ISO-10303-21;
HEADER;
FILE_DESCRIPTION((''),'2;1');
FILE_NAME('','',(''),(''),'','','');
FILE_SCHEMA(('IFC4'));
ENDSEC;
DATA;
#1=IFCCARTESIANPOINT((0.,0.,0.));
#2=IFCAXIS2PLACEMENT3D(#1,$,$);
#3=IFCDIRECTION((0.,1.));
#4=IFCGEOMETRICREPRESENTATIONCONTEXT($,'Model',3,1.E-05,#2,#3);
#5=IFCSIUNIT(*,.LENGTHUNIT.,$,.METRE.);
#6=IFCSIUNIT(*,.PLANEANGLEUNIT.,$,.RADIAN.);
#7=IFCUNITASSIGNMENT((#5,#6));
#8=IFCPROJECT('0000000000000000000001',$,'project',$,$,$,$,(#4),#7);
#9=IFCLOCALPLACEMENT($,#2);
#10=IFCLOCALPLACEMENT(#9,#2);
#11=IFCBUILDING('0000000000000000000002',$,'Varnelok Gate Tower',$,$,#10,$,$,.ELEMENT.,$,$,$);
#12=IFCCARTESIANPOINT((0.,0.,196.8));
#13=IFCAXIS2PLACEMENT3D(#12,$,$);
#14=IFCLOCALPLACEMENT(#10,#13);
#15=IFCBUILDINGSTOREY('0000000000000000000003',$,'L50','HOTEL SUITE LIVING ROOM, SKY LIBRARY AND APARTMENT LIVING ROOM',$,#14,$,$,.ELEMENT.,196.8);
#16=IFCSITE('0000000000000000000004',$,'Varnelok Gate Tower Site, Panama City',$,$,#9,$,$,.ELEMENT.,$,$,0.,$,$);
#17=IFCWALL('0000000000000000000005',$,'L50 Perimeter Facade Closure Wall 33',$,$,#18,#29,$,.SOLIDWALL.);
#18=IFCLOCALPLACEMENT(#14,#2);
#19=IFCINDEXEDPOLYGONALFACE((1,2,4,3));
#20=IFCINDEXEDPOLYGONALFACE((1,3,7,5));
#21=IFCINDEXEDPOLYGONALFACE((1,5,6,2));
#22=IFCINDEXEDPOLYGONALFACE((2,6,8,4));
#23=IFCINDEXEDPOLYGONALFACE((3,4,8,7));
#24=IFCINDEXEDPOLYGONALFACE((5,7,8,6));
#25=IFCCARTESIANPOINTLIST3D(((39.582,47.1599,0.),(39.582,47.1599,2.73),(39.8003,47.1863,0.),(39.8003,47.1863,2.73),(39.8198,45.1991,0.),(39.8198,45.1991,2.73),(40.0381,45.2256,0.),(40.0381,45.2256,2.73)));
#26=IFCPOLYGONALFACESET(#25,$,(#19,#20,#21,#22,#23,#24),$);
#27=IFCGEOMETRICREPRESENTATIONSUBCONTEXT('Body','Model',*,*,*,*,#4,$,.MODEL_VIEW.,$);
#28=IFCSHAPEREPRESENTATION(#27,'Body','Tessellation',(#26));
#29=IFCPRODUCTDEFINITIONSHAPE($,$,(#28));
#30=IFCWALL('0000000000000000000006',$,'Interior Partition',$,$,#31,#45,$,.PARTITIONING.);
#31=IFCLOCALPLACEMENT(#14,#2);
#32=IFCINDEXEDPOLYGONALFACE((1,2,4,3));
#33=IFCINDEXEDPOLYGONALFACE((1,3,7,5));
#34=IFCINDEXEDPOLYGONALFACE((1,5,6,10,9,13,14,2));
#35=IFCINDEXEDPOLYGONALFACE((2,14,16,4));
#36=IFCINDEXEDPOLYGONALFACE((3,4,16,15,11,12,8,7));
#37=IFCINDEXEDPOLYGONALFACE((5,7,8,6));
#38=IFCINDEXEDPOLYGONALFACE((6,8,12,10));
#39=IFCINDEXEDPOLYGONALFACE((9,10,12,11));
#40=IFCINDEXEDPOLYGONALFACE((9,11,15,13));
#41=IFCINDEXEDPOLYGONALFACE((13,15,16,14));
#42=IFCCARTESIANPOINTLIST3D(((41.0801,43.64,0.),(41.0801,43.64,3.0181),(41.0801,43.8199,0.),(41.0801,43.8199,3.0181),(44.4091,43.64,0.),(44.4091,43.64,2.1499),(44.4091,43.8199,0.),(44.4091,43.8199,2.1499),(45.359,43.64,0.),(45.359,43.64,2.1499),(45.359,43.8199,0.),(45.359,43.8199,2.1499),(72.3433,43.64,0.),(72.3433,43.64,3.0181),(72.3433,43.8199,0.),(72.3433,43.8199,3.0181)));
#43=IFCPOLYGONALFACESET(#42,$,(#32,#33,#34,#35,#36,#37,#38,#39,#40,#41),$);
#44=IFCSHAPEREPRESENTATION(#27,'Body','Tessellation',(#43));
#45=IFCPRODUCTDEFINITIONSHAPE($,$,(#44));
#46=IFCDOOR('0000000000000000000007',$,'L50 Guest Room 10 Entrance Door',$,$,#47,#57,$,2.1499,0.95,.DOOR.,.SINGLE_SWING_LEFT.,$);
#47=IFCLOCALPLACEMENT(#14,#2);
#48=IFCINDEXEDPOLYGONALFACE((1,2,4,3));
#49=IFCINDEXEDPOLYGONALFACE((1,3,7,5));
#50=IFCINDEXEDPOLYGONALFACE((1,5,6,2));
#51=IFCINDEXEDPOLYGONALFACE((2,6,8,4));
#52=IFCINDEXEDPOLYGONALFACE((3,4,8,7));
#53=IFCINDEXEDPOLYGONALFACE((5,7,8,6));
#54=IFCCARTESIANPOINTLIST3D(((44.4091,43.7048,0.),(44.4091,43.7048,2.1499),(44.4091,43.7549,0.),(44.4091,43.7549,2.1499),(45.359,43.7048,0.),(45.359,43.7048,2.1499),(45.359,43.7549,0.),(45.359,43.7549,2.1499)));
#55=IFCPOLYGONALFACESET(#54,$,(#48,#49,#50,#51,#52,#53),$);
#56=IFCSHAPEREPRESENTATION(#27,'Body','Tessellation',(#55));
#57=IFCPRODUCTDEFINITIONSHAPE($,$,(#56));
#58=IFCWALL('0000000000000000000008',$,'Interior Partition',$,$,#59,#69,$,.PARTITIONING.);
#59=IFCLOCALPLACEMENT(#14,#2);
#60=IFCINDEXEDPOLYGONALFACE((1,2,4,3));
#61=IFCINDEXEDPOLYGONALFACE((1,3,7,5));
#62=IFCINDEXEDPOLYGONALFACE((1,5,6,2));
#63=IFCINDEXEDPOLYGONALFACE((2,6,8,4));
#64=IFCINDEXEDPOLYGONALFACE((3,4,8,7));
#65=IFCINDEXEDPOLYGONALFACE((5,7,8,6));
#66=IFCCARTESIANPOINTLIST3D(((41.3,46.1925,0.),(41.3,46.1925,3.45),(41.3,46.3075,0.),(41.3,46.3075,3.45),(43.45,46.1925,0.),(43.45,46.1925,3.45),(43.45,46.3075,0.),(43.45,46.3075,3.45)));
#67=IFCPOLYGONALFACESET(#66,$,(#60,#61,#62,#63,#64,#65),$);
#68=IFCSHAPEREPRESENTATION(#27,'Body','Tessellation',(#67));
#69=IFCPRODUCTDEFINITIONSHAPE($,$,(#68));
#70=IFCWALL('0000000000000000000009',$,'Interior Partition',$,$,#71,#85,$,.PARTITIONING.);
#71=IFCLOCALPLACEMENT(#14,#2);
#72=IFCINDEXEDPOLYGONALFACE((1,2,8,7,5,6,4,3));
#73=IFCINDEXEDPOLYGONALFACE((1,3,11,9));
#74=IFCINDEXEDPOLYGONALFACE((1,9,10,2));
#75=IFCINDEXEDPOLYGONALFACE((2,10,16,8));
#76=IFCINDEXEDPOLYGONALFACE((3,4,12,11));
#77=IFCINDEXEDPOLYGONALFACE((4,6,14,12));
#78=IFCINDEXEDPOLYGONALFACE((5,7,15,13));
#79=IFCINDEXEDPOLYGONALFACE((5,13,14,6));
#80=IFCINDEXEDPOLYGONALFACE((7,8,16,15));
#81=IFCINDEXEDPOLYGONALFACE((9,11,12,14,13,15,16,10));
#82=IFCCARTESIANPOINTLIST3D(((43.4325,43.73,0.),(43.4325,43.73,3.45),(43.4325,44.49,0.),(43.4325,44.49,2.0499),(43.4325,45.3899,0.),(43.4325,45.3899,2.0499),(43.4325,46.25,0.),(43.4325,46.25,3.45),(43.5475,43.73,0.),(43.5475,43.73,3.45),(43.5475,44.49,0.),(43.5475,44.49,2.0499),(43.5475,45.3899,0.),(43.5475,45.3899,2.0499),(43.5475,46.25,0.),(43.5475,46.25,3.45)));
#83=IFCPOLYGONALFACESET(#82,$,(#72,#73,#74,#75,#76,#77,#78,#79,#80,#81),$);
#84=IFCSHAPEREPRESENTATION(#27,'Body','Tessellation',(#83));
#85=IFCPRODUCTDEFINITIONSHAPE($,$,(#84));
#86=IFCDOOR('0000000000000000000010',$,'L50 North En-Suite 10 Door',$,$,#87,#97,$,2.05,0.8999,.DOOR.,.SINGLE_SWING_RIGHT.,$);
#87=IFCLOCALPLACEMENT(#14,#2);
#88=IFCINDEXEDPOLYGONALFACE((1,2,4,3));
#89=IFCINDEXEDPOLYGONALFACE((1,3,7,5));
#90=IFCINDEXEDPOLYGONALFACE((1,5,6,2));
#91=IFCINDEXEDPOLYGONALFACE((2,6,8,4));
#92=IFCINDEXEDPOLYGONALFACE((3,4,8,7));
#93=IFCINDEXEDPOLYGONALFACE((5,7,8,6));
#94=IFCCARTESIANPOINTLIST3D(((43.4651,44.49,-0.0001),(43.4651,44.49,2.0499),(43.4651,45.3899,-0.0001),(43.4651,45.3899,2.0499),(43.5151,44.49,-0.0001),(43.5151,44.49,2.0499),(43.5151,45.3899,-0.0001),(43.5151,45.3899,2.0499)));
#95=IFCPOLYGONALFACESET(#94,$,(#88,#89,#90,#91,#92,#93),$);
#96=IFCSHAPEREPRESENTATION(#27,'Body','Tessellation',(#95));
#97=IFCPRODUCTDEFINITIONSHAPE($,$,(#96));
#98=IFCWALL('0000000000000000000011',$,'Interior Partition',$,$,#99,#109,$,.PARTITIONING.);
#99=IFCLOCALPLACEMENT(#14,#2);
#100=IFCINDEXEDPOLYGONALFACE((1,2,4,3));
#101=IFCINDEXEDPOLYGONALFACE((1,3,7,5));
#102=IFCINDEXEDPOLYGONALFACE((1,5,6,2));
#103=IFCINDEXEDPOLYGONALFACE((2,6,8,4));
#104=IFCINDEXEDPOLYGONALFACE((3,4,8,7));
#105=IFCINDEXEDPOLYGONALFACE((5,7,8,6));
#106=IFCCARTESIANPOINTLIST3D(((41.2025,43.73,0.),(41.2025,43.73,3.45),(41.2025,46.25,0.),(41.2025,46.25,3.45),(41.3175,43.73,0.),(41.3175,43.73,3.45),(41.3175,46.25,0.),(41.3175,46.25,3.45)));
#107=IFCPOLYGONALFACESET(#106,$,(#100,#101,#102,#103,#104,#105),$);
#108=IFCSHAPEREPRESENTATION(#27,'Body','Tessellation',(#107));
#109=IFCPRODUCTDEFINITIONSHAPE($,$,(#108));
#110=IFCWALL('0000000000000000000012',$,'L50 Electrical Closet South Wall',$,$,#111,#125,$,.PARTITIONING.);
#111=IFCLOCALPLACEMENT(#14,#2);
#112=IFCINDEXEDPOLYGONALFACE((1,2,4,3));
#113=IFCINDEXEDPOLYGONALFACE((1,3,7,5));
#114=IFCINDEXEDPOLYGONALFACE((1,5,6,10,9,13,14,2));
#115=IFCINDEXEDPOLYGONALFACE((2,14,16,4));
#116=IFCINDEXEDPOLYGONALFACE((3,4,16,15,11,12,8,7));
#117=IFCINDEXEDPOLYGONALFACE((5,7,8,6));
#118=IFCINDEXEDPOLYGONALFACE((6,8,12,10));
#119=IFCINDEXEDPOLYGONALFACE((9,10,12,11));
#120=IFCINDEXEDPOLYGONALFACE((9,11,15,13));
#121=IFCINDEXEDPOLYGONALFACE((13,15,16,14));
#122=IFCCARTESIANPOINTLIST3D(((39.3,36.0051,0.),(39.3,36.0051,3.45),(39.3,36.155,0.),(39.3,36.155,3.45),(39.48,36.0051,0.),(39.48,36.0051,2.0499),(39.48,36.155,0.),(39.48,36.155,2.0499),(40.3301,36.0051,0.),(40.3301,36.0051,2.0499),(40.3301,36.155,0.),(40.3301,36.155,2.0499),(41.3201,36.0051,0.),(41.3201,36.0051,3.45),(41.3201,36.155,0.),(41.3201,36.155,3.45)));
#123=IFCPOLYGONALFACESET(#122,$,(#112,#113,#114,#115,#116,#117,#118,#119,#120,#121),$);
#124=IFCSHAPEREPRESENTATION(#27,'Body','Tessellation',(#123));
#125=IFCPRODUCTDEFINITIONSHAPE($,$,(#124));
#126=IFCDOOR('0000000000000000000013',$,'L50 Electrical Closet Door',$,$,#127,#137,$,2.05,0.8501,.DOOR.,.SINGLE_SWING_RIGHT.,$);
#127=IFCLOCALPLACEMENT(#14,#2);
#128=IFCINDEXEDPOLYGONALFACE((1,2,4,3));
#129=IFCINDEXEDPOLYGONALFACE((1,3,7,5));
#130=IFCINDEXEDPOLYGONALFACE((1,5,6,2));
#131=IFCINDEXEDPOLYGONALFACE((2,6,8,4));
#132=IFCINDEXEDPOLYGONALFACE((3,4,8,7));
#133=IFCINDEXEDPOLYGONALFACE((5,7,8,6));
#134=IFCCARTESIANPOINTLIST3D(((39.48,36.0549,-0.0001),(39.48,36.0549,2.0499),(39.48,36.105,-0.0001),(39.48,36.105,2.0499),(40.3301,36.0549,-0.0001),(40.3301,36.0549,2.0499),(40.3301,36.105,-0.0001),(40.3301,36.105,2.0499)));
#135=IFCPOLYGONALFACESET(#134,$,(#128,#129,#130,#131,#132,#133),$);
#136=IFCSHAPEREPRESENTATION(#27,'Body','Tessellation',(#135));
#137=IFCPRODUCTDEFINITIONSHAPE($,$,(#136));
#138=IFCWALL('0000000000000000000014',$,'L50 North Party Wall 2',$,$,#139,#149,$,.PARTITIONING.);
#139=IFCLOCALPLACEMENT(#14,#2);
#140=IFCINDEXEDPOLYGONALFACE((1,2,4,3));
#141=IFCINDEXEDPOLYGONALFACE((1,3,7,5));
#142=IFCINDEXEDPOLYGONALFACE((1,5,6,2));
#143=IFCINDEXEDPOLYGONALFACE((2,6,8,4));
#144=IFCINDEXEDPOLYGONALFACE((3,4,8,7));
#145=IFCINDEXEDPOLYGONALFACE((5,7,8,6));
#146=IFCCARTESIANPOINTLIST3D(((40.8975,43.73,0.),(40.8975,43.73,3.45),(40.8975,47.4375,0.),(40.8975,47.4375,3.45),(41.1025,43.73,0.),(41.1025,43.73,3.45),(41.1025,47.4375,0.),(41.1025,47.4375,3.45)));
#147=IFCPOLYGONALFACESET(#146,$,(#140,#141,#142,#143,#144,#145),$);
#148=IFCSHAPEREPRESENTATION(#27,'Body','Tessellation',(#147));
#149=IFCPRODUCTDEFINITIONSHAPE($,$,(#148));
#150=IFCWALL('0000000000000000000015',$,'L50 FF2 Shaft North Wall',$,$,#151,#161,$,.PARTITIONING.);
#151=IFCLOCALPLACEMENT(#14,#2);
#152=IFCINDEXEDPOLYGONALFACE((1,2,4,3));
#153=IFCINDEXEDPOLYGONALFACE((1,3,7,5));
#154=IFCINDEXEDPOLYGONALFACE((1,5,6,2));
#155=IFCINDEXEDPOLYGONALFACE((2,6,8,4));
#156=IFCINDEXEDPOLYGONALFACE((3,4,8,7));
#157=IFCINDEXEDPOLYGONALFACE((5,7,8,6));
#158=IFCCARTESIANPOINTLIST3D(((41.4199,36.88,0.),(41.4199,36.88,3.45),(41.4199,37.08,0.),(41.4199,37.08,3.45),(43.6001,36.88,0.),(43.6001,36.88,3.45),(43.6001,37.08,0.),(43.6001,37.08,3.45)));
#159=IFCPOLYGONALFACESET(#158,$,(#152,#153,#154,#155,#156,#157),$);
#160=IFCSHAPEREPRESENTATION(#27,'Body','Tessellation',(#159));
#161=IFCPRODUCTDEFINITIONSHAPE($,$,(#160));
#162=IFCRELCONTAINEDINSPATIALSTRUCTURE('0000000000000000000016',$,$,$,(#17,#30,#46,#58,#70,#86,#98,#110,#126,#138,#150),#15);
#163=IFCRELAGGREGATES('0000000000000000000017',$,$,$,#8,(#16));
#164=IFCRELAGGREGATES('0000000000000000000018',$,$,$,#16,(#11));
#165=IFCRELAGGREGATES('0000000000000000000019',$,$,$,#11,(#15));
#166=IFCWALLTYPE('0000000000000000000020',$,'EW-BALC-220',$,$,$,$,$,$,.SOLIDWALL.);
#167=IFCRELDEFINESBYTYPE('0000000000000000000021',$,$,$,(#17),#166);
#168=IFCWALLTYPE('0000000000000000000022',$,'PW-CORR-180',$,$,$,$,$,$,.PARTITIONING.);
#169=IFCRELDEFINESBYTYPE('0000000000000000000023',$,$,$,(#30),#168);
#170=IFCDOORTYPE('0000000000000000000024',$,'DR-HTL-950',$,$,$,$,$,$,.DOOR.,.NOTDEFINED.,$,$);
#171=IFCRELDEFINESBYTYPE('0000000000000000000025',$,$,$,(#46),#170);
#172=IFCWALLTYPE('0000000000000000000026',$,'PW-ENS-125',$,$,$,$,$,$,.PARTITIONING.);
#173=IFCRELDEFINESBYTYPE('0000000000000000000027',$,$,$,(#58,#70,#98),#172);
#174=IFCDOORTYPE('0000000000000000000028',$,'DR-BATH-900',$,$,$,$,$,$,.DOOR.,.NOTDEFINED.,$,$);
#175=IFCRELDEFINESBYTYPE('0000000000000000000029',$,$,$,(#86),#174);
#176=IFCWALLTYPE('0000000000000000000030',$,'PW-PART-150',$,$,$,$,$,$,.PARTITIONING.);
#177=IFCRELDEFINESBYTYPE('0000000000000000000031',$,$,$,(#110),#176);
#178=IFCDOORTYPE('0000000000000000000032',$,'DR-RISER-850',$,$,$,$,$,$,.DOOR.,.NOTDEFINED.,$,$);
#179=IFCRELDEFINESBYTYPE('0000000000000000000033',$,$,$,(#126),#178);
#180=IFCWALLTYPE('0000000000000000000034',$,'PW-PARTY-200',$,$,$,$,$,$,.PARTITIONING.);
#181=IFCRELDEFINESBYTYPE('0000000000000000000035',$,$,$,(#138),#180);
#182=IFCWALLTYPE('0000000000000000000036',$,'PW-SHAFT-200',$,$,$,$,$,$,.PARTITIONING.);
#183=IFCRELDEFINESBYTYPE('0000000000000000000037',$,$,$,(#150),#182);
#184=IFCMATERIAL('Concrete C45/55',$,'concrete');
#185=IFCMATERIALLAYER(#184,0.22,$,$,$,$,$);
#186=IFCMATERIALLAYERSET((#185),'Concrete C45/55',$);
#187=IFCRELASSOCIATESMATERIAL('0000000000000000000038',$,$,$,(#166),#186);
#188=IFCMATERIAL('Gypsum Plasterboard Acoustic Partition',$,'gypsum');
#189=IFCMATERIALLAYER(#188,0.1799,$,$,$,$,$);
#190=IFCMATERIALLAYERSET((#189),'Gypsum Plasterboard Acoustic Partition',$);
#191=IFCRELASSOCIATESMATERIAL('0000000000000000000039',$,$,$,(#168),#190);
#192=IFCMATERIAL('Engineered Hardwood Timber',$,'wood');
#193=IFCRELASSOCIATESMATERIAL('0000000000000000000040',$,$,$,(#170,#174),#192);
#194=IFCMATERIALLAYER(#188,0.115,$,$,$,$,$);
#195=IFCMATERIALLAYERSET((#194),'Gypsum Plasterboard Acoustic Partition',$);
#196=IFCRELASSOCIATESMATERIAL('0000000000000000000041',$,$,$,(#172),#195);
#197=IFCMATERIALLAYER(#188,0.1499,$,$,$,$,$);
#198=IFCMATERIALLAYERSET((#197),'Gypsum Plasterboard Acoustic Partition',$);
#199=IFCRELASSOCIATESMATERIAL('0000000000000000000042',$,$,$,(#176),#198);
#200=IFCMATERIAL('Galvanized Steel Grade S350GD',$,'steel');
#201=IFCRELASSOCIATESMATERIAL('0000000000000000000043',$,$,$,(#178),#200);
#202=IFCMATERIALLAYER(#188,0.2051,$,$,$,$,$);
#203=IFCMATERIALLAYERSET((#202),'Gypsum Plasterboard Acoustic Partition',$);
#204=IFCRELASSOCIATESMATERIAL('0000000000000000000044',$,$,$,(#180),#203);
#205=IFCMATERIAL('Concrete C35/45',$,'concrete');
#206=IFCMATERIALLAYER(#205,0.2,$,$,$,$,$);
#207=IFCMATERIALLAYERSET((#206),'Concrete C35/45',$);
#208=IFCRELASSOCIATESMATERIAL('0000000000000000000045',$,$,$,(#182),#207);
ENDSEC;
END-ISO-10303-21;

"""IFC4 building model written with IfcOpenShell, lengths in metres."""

from ifc_helpers import new_model, si_unit, direction, frame, frame_2d, origin, place, context, subcontext, project, spatial, rectangle, extrude, material, layer, layer_set, type_object, element, fill, save


model = new_model("IFC4")

# Units and contexts
model_context = context("Model", 3, precision=1e-05, world=origin(), true_north=direction((0.0, 1.0)))
body_context = subcontext(model_context, "Body", "Model", "MODEL_VIEW")
ifc_project = project(units=[si_unit("LENGTHUNIT", "METRE"), si_unit("PLANEANGLEUNIT", "RADIAN")], contexts=[model_context])

# Site, building, storey
site_placement = place(None, origin())
site = spatial("IfcSite", under=ifc_project, at=site_placement, Name="Varnelok Gate Tower Site, Panama City", CompositionType="ELEMENT", RefElevation=0.0)
building_placement = place(site_placement, origin())
building = spatial("IfcBuilding", under=site, at=building_placement, Name="Varnelok Gate Tower", CompositionType="ELEMENT")
storey_placement = place(building_placement, frame((0.0, 0.0, 196.8)))
storey = spatial("IfcBuildingStorey", under=building, at=storey_placement, Name="L50", Description="HOTEL SUITE LIVING ROOM, SKY LIBRARY AND APARTMENT LIVING ROOM", CompositionType="ELEMENT", Elevation=196.8)

# Shared definitions
ifc_material_1 = material(Name="Concrete C45/55", Category="concrete")
ifc_layer_1 = layer(ifc_material_1, 0.22)
ifc_layer_set_1 = layer_set([ifc_layer_1], Name="Concrete C45/55")
wall_type_1 = type_object("IfcWallType", Name="EW-BALC-220", PredefinedType="SOLIDWALL", material=ifc_layer_set_1)

# Wall
wall_1_placement = place(storey_placement, frame((39.6912, 47.1731, 0.0), z_axis=(0.0, 0.0, 1.0), x_axis=(0.120398, -0.992726, 0.0)))
element("IfcWall", 1, at=wall_1_placement, inside=storey, type_object=wall_type_1, Name="L50 Perimeter Facade Closure Wall 33", PredefinedType="SOLIDWALL", context=body_context, shape_type="SweptSolid", body=[
    extrude(rectangle(XDim=1.9751, YDim=0.22, at=frame_2d((0.9875, 0.0))), origin(), (0.0, 0.0, 1.0), 2.73),
])

# Wall, opening, door
ifc_material_2 = material(Name="Gypsum Plasterboard Acoustic Partition", Category="gypsum")
ifc_layer_2 = layer(ifc_material_2, 0.1799)
ifc_layer_set_2 = layer_set([ifc_layer_2], Name="Gypsum Plasterboard Acoustic Partition")
wall_type_2 = type_object("IfcWallType", Name="PW-CORR-180", PredefinedType="PARTITIONING", material=ifc_layer_set_2)
wall_2_placement = place(storey_placement, frame((41.0801, 43.73, 0.0), z_axis=(0.0, 0.0, 1.0), x_axis=(1.0, 0.0, 0.0)))
wall_2 = element("IfcWall", 2, at=wall_2_placement, inside=storey, type_object=wall_type_2, Name="Interior Partition", PredefinedType="PARTITIONING", context=body_context, shape_type="SweptSolid", body=[
    extrude(rectangle(XDim=31.2632, YDim=0.1799, at=frame_2d((15.6316, 0.0))), origin(), (0.0, 0.0, 1.0), 3.0181),
])
opening_1_placement = place(wall_2_placement, frame((3.3289, 0.0, 0.0)))
opening_1 = element("IfcOpeningElement", 3, at=opening_1_placement, cuts=wall_2, PredefinedType="OPENING", context=body_context, shape_type="SweptSolid", body=[
    extrude(rectangle(XDim=0.95, YDim=2.1499, at=frame_2d((0.4751, 1.075))), frame((0.0, 0.0999, 0.0), z_axis=(0.0, -1.0, 0.0), x_axis=(1.0, 0.0, 0.0)), (0.0, 0.0, 1.0), 0.2),
])
ifc_material_3 = material(Name="Engineered Hardwood Timber", Category="wood")
door_type_1 = type_object("IfcDoorType", Name="DR-HTL-950", OperationType="NOTDEFINED", PredefinedType="DOOR", material=ifc_material_3)
door_1_placement = place(opening_1_placement, origin())
door_1 = element("IfcDoor", 4, at=door_1_placement, inside=storey, type_object=door_type_1, Name="L50 Guest Room 10 Entrance Door", OperationType="SINGLE_SWING_LEFT", OverallHeight=2.1499, OverallWidth=0.95, PredefinedType="DOOR", context=body_context, shape_type="SweptSolid", body=[
    extrude(rectangle(XDim=0.95, YDim=2.1499, at=frame_2d((0.4751, 1.075))), frame((0.0, 0.0249, 0.0), z_axis=(0.0, -1.0, 0.0), x_axis=(1.0, 0.0, 0.0)), (0.0, 0.0, 1.0), 0.05),
])
fill(opening_1, door_1)

# Wall
ifc_layer_3 = layer(ifc_material_2, 0.115)
ifc_layer_set_3 = layer_set([ifc_layer_3], Name="Gypsum Plasterboard Acoustic Partition")
wall_type_3 = type_object("IfcWallType", Name="PW-ENS-125", PredefinedType="PARTITIONING", material=ifc_layer_set_3)
wall_3_placement = place(storey_placement, frame((41.3, 46.25, 0.0), z_axis=(0.0, 0.0, 1.0), x_axis=(1.0, 0.0, 0.0)))
element("IfcWall", 5, at=wall_3_placement, inside=storey, type_object=wall_type_3, Name="Interior Partition", PredefinedType="PARTITIONING", context=body_context, shape_type="SweptSolid", body=[
    extrude(rectangle(XDim=2.1499, YDim=0.115, at=frame_2d((1.075, 0.0))), origin(), (0.0, 0.0, 1.0), 3.45),
])

# Wall, opening, door
wall_4_placement = place(storey_placement, frame((43.49, 43.73, 0.0), z_axis=(0.0, 0.0, 1.0), x_axis=(0.0, 1.0, 0.0)))
wall_4 = element("IfcWall", 6, at=wall_4_placement, inside=storey, type_object=wall_type_3, Name="Interior Partition", PredefinedType="PARTITIONING", context=body_context, shape_type="SweptSolid", body=[
    extrude(rectangle(XDim=2.52, YDim=0.115, at=frame_2d((1.26, 0.0))), origin(), (0.0, 0.0, 1.0), 3.45),
])
opening_2_placement = place(wall_4_placement, frame((0.76, 0.0, 0.0)))
opening_2 = element("IfcOpeningElement", 7, at=opening_2_placement, cuts=wall_4, PredefinedType="OPENING", context=body_context, shape_type="SweptSolid", body=[
    extrude(rectangle(XDim=0.8999, YDim=2.05, at=frame_2d((0.45, 1.0249))), frame((0.0, 0.0674, 0.0), z_axis=(0.0, -1.0, 0.0), x_axis=(1.0, 0.0, 0.0)), (0.0, 0.0, 1.0), 0.135),
])
door_type_2 = type_object("IfcDoorType", Name="DR-BATH-900", OperationType="NOTDEFINED", PredefinedType="DOOR", material=ifc_material_3)
door_2_placement = place(opening_2_placement, origin())
door_2 = element("IfcDoor", 8, at=door_2_placement, inside=storey, type_object=door_type_2, Name="L50 North En-Suite 10 Door", OperationType="SINGLE_SWING_RIGHT", OverallHeight=2.05, OverallWidth=0.8999, PredefinedType="DOOR", context=body_context, shape_type="SweptSolid", body=[
    extrude(rectangle(XDim=0.8999, YDim=2.05, at=frame_2d((0.45, 1.0249))), frame((0.0, 0.0249, 0.0), z_axis=(0.0, -1.0, 0.0), x_axis=(1.0, 0.0, 0.0)), (0.0, 0.0, 1.0), 0.05),
])
fill(opening_2, door_2)

# Wall
wall_5_placement = place(storey_placement, frame((41.26, 43.73, 0.0), z_axis=(0.0, 0.0, 1.0), x_axis=(0.0, 1.0, 0.0)))
element("IfcWall", 9, at=wall_5_placement, inside=storey, type_object=wall_type_3, Name="Interior Partition", PredefinedType="PARTITIONING", context=body_context, shape_type="SweptSolid", body=[
    extrude(rectangle(XDim=2.52, YDim=0.115, at=frame_2d((1.26, 0.0))), origin(), (0.0, 0.0, 1.0), 3.45),
])

# Wall, opening, door
ifc_layer_4 = layer(ifc_material_2, 0.1499)
ifc_layer_set_4 = layer_set([ifc_layer_4], Name="Gypsum Plasterboard Acoustic Partition")
wall_type_4 = type_object("IfcWallType", Name="PW-PART-150", PredefinedType="PARTITIONING", material=ifc_layer_set_4)
wall_6_placement = place(storey_placement, frame((39.3, 36.0801, 0.0), z_axis=(0.0, 0.0, 1.0), x_axis=(1.0, 0.0, 0.0)))
wall_6 = element("IfcWall", 10, at=wall_6_placement, inside=storey, type_object=wall_type_4, Name="L50 Electrical Closet South Wall", PredefinedType="PARTITIONING", context=body_context, shape_type="SweptSolid", body=[
    extrude(rectangle(XDim=2.02, YDim=0.1499, at=frame_2d((1.01, 0.0))), origin(), (0.0, 0.0, 1.0), 3.45),
])
opening_3_placement = place(wall_6_placement, frame((0.1799, 0.0, 0.0)))
opening_3 = element("IfcOpeningElement", 11, at=opening_3_placement, cuts=wall_6, PredefinedType="OPENING", context=body_context, shape_type="SweptSolid", body=[
    extrude(rectangle(XDim=0.8501, YDim=2.05, at=frame_2d((0.425, 1.0249))), frame((0.0, 0.085, 0.0), z_axis=(0.0, -1.0, 0.0), x_axis=(1.0, 0.0, 0.0)), (0.0, 0.0, 1.0), 0.1699),
])
ifc_material_4 = material(Name="Galvanized Steel Grade S350GD", Category="steel")
door_type_3 = type_object("IfcDoorType", Name="DR-RISER-850", OperationType="NOTDEFINED", PredefinedType="DOOR", material=ifc_material_4)
door_3_placement = place(opening_3_placement, origin())
door_3 = element("IfcDoor", 12, at=door_3_placement, inside=storey, type_object=door_type_3, Name="L50 Electrical Closet Door", OperationType="SINGLE_SWING_RIGHT", OverallHeight=2.05, OverallWidth=0.8501, PredefinedType="DOOR", context=body_context, shape_type="SweptSolid", body=[
    extrude(rectangle(XDim=0.8501, YDim=2.05, at=frame_2d((0.425, 1.0249))), frame((0.0, 0.0249, 0.0), z_axis=(0.0, -1.0, 0.0), x_axis=(1.0, 0.0, 0.0)), (0.0, 0.0, 1.0), 0.05),
])
fill(opening_3, door_3)

# Walls
ifc_layer_5 = layer(ifc_material_2, 0.2051)
ifc_layer_set_5 = layer_set([ifc_layer_5], Name="Gypsum Plasterboard Acoustic Partition")
wall_type_5 = type_object("IfcWallType", Name="PW-PARTY-200", PredefinedType="PARTITIONING", material=ifc_layer_set_5)
wall_7_placement = place(storey_placement, frame((41.0, 43.73, 0.0), z_axis=(0.0, 0.0, 1.0), x_axis=(0.0, 1.0, 0.0)))
element("IfcWall", 13, at=wall_7_placement, inside=storey, type_object=wall_type_5, Name="L50 North Party Wall 2", PredefinedType="PARTITIONING", context=body_context, shape_type="SweptSolid", body=[
    extrude(rectangle(XDim=3.7075, YDim=0.2051, at=frame_2d((1.8538, 0.0))), origin(), (0.0, 0.0, 1.0), 3.45),
])
ifc_material_5 = material(Name="Concrete C35/45", Category="concrete")
ifc_layer_6 = layer(ifc_material_5, 0.2)
ifc_layer_set_6 = layer_set([ifc_layer_6], Name="Concrete C35/45")
wall_type_6 = type_object("IfcWallType", Name="PW-SHAFT-200", PredefinedType="PARTITIONING", material=ifc_layer_set_6)
wall_8_placement = place(storey_placement, frame((41.4199, 36.98, 0.0), z_axis=(0.0, 0.0, 1.0), x_axis=(1.0, 0.0, 0.0)))
element("IfcWall", 14, at=wall_8_placement, inside=storey, type_object=wall_type_6, Name="L50 FF2 Shaft North Wall", PredefinedType="PARTITIONING", context=body_context, shape_type="SweptSolid", body=[
    extrude(rectangle(XDim=2.1802, YDim=0.2, at=frame_2d((1.0901, 0.0))), origin(), (0.0, 0.0, 1.0), 3.45),
])

save(model, "model.ifc")
